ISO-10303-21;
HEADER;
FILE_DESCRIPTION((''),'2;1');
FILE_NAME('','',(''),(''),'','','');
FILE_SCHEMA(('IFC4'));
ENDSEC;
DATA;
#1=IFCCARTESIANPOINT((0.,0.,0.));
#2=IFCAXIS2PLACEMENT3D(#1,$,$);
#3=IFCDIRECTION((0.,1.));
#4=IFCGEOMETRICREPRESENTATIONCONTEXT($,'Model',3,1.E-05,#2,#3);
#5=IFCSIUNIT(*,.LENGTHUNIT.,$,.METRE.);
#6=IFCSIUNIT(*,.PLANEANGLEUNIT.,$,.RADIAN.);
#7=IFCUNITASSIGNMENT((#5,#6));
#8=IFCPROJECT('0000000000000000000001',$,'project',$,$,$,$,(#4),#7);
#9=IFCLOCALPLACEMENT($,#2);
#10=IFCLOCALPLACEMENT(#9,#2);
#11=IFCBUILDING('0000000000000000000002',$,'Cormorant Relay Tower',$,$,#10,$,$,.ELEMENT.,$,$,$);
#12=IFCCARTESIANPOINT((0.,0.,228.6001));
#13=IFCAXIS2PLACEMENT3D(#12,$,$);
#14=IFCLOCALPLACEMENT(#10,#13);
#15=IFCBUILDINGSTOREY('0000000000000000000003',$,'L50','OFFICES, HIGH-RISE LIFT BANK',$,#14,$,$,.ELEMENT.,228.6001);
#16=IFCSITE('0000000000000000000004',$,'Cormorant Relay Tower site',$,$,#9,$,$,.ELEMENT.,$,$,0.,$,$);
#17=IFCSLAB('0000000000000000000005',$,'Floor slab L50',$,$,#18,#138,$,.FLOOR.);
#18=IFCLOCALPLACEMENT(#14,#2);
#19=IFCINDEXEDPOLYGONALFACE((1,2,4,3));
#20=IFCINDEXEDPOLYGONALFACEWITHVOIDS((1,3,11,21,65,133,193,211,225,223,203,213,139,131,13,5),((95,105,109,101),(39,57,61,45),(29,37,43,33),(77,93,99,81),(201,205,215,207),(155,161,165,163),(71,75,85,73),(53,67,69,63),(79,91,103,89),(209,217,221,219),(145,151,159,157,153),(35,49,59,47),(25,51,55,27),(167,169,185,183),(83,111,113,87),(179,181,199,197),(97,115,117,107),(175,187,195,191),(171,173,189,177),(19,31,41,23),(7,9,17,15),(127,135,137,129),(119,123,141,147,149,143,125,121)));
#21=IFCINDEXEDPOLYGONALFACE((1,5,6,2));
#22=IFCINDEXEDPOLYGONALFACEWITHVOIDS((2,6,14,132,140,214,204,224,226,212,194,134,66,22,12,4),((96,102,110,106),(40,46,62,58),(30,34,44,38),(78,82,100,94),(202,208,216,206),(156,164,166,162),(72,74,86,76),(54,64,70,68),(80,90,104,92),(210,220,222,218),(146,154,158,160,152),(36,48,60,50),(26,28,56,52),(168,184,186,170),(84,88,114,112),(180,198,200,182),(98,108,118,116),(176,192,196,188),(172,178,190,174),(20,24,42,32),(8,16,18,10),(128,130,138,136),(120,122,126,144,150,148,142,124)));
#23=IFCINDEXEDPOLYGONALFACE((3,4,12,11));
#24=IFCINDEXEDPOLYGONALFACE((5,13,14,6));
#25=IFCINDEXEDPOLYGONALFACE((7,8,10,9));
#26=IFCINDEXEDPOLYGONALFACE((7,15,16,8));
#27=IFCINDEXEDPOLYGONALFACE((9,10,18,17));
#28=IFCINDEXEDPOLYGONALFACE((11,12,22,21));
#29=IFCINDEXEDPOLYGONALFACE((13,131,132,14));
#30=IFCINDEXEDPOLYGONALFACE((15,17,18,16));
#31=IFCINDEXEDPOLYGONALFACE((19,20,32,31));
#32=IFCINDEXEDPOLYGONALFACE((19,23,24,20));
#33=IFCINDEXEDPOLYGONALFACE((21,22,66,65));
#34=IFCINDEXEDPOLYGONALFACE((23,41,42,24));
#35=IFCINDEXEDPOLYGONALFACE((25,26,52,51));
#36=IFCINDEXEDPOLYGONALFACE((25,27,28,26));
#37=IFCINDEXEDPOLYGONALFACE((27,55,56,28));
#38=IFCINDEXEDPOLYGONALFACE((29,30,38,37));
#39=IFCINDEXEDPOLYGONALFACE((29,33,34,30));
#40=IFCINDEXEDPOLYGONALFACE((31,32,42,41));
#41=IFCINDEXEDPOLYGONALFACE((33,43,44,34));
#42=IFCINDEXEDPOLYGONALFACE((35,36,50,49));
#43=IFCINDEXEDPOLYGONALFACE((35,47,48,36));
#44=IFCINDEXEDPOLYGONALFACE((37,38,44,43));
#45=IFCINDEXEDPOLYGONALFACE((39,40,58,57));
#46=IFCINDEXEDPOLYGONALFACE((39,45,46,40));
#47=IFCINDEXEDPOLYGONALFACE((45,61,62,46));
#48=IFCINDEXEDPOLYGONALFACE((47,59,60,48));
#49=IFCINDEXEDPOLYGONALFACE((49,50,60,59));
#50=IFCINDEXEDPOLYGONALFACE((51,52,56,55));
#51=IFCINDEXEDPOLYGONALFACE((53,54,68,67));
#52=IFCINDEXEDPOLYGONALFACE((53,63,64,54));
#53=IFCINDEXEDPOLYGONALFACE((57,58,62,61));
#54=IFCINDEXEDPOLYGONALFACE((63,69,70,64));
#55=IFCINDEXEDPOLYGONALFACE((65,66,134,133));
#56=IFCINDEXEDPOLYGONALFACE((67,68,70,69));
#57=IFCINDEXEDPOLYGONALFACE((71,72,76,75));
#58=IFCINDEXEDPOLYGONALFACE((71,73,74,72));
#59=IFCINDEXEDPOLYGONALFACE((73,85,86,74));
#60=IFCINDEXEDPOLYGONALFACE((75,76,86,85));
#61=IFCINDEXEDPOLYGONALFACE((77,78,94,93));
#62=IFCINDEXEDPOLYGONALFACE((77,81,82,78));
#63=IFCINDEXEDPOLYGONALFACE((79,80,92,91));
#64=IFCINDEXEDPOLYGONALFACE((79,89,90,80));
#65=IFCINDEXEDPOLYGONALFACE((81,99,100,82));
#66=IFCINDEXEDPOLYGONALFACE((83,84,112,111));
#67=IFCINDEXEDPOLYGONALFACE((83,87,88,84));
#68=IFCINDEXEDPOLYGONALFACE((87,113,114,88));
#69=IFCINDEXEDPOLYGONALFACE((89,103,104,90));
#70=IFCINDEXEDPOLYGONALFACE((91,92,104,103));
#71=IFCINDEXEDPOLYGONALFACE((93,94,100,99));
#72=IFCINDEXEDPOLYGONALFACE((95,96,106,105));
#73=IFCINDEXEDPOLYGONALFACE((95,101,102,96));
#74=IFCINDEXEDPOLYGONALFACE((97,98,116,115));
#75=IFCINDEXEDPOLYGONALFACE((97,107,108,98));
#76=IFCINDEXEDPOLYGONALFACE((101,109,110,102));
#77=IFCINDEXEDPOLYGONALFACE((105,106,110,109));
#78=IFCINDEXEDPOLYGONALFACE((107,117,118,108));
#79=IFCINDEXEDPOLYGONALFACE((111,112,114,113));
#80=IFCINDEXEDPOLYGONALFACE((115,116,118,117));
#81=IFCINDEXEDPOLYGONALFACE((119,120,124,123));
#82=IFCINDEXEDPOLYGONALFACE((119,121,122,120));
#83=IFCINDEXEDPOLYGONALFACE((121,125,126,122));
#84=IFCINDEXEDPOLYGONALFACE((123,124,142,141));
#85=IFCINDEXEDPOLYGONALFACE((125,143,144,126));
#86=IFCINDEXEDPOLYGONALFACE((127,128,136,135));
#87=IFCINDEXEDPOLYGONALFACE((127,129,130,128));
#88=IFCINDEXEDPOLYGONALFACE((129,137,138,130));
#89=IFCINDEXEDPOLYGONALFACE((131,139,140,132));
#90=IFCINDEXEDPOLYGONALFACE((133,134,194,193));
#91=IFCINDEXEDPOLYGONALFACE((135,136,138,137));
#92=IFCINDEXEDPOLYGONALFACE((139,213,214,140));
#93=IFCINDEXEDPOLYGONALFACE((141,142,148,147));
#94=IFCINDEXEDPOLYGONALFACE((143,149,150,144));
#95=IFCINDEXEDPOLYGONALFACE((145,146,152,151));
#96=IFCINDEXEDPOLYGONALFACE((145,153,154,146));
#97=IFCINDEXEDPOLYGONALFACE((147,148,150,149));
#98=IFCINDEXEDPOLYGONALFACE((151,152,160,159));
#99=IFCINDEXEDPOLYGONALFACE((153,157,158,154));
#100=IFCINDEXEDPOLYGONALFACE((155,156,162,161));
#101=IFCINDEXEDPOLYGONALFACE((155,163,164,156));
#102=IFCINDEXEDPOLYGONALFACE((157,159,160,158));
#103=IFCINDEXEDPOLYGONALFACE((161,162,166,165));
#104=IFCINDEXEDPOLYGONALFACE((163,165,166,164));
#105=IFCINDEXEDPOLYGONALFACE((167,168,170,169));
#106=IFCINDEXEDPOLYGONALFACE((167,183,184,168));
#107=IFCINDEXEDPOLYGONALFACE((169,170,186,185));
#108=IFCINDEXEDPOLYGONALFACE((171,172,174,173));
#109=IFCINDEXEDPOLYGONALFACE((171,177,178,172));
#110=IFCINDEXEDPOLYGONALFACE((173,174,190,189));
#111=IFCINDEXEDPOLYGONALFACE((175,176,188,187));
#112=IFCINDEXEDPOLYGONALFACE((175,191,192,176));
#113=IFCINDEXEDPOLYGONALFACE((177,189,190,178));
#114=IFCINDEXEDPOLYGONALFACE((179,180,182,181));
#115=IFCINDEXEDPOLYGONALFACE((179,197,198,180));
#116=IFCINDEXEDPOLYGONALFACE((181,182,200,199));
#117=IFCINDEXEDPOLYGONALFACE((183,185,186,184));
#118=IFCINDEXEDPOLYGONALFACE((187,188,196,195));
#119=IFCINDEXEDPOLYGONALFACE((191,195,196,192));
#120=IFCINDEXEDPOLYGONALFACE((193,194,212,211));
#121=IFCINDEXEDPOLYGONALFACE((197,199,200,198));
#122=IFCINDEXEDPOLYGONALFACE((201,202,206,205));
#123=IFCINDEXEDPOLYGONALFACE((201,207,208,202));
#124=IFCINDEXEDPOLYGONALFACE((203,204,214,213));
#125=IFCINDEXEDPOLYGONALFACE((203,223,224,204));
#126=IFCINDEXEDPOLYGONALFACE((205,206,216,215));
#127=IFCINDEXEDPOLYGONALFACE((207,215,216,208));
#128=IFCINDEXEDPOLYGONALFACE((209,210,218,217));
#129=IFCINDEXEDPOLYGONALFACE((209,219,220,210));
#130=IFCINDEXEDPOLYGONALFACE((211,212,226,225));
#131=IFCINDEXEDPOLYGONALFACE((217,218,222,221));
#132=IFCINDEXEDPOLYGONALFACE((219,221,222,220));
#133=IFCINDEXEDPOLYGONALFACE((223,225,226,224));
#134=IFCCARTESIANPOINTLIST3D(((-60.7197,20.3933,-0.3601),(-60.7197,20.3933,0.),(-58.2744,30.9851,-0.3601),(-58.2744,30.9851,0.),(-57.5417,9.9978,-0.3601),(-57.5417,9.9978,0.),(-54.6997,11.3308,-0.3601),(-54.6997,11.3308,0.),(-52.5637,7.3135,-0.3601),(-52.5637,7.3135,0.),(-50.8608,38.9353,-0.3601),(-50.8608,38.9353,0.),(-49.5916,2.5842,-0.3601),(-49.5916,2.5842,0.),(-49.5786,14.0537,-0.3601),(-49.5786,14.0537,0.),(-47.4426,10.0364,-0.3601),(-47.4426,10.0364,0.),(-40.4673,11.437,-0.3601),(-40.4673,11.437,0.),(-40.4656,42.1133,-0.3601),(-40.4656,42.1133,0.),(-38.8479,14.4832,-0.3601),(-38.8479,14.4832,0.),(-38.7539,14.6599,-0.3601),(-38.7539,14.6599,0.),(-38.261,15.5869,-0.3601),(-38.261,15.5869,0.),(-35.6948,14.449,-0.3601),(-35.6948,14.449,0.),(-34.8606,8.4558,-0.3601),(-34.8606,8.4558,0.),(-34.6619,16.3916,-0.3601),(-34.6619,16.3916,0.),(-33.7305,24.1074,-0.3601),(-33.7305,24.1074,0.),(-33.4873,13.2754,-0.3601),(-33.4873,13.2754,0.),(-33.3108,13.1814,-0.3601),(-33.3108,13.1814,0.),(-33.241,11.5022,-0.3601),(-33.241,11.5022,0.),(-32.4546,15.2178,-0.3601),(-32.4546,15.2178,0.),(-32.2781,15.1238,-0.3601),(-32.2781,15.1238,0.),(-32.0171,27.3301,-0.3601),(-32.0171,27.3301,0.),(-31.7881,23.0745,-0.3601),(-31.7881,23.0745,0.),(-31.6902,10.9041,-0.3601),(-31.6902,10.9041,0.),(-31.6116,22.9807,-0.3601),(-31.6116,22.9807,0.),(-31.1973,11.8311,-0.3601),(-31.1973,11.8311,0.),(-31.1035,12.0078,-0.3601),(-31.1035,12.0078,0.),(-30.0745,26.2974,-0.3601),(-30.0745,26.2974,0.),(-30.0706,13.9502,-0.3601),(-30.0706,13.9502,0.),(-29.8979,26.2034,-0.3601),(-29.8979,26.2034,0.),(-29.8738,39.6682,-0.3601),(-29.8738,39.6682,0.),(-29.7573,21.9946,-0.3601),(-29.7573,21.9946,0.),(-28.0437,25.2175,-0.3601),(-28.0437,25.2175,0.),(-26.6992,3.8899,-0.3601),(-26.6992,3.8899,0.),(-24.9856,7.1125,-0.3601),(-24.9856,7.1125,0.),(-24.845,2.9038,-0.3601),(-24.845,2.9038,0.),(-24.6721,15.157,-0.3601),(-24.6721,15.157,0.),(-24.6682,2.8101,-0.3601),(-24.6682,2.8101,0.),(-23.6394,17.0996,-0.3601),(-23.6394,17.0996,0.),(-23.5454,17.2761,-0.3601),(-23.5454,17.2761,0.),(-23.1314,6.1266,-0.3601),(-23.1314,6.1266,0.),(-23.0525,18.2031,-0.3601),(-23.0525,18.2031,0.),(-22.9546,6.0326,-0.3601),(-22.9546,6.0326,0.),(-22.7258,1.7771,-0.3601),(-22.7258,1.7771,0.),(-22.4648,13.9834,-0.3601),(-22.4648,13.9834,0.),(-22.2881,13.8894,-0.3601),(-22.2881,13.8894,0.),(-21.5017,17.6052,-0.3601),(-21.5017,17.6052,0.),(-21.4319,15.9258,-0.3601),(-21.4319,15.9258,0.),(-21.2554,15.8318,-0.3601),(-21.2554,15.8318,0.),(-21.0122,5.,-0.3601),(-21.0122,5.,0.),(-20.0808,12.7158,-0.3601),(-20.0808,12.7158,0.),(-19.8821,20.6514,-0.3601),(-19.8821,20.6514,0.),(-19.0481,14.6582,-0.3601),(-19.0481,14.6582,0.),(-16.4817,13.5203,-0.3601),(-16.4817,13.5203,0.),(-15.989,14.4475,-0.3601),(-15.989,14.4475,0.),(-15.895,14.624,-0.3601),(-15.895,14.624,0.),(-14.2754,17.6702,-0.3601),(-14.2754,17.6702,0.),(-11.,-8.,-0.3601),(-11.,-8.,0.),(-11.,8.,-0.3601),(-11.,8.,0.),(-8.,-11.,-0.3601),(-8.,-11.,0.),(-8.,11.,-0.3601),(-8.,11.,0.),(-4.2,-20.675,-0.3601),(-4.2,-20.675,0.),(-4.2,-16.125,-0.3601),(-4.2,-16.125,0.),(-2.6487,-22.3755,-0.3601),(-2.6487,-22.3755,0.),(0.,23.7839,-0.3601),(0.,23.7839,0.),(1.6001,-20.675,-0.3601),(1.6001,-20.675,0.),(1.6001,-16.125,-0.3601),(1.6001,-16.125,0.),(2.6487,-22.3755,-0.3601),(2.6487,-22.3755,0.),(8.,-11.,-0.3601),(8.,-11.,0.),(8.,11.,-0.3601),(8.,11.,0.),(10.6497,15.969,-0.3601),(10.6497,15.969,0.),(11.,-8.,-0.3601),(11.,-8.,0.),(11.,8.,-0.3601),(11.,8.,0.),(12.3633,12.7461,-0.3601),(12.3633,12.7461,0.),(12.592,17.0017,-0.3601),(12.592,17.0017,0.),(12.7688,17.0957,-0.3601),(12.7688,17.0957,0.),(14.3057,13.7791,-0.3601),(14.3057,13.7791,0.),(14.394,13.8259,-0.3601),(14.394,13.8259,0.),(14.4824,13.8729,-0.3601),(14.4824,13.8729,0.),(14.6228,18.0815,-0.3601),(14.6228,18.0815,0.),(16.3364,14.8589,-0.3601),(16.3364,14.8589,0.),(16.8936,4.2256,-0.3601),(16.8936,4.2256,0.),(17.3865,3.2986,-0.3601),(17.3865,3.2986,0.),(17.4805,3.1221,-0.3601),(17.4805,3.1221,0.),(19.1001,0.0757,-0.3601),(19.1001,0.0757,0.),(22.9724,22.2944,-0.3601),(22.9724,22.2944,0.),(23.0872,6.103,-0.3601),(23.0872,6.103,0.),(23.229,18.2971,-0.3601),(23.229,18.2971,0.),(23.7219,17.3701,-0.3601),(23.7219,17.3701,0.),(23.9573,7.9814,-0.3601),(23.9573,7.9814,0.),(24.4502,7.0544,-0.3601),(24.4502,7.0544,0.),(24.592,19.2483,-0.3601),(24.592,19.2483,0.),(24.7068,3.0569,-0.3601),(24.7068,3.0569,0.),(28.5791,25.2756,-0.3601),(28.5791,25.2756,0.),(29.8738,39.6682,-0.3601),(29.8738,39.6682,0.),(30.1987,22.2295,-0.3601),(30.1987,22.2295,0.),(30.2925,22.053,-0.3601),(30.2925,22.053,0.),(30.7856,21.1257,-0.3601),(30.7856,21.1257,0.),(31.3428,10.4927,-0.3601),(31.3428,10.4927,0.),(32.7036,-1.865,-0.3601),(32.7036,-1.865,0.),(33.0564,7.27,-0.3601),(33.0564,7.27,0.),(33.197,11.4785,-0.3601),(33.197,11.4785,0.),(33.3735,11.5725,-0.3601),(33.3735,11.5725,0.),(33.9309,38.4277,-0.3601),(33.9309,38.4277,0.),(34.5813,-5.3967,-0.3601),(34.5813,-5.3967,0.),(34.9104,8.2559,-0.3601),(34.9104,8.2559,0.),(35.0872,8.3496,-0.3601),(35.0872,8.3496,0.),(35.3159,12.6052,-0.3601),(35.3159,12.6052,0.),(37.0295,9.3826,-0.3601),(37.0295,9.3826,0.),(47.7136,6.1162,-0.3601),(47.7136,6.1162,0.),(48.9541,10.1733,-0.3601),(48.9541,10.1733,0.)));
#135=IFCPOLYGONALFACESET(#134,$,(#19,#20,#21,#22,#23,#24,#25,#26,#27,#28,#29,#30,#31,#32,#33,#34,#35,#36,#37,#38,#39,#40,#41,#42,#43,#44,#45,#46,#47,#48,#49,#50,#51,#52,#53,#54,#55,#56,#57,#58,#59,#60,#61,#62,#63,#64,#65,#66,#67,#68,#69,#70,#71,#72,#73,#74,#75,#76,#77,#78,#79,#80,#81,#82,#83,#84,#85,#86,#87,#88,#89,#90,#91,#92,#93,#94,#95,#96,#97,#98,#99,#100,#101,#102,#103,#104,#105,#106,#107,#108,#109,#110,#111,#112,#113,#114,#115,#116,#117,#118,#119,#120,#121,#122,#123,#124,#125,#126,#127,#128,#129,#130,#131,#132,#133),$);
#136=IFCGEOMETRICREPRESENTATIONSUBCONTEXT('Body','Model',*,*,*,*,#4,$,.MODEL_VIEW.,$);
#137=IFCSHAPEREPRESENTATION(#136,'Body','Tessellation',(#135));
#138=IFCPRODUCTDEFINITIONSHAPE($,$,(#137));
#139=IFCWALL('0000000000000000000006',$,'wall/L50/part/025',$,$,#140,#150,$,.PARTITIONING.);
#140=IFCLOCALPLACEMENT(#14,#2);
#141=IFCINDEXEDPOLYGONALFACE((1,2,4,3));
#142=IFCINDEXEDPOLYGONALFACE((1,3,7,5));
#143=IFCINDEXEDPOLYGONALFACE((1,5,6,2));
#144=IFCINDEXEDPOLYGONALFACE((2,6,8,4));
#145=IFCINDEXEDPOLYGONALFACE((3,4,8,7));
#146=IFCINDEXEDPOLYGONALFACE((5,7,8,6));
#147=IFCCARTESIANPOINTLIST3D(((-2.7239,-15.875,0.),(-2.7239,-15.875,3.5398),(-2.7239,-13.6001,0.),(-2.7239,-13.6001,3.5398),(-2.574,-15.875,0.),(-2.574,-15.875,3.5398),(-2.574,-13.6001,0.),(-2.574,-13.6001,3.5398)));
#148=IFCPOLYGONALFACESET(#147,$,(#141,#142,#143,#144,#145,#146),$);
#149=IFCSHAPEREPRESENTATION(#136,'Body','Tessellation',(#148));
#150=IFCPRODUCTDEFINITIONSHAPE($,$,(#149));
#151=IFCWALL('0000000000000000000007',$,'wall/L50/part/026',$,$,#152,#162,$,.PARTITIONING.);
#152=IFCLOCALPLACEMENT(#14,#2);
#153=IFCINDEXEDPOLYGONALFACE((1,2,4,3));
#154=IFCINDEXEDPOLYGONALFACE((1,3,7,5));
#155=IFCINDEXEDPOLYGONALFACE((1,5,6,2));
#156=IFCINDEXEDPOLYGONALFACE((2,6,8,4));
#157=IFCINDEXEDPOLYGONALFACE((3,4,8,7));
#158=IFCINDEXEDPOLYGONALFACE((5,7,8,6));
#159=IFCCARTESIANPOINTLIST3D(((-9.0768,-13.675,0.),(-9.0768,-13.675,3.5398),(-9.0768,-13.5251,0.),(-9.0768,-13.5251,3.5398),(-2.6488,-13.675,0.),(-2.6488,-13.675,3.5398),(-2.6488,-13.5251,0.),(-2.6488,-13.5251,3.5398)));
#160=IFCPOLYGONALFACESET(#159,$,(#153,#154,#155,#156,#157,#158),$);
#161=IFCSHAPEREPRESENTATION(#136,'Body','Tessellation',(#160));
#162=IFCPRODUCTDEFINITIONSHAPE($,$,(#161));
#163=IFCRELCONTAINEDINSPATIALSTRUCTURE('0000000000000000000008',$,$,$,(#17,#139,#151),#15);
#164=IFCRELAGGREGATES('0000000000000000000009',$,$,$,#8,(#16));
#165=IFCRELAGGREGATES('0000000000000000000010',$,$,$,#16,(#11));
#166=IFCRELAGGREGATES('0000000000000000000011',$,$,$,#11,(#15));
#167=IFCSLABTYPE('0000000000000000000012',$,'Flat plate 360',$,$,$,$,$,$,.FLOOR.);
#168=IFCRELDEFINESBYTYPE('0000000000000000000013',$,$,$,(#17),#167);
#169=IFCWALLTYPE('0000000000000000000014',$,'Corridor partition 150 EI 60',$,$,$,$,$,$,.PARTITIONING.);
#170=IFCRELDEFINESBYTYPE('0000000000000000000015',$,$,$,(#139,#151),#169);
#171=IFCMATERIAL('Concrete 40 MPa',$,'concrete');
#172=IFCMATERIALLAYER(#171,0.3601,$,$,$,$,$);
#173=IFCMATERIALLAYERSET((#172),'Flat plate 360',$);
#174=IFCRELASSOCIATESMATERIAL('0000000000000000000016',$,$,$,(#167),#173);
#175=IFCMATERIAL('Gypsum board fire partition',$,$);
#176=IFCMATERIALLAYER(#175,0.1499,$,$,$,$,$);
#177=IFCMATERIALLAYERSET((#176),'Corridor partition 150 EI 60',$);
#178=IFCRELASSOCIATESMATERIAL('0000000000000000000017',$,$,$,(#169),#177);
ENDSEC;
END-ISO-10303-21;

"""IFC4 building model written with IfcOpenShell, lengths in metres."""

from ifc_helpers import new_model, si_unit, direction, frame, frame_2d, origin, place, context, subcontext, project, spatial, polyline, rectangle, outline, extrude, material, layer, layer_set, type_object, element, save


model = new_model("IFC4")

# Units and contexts
model_context = context("Model", 3, precision=1e-05, world=origin(), true_north=direction((0.0, 1.0)))
body_context = subcontext(model_context, "Body", "Model", "MODEL_VIEW")
ifc_project = project(units=[si_unit("LENGTHUNIT", "METRE"), si_unit("PLANEANGLEUNIT", "RADIAN")], contexts=[model_context])

# Site, building, storey
site_placement = place(None, origin())
site = spatial("IfcSite", under=ifc_project, at=site_placement, Name="Cormorant Relay Tower site", CompositionType="ELEMENT", RefElevation=0.0)
building_placement = place(site_placement, origin())
building = spatial("IfcBuilding", under=site, at=building_placement, Name="Cormorant Relay Tower", CompositionType="ELEMENT")
storey_placement = place(building_placement, frame((0.0, 0.0, 228.6001)))
storey = spatial("IfcBuildingStorey", under=building, at=storey_placement, Name="L50", Description="OFFICES, HIGH-RISE LIFT BANK", CompositionType="ELEMENT", Elevation=228.6001)

# Slab
ifc_material_1 = material(Name="Concrete 40 MPa", Category="concrete")
ifc_layer_1 = layer(ifc_material_1, 0.3601)
ifc_layer_set_1 = layer_set([ifc_layer_1], Name="Flat plate 360")
slab_type_1 = type_object("IfcSlabType", Name="Flat plate 360", PredefinedType="FLOOR", material=ifc_layer_set_1)
slab_1_placement = place(storey_placement, frame((0.0, 0.0, -0.3601)))
element("IfcSlab", 1, at=slab_1_placement, inside=storey, type_object=slab_type_1, Name="Floor slab L50", PredefinedType="FLOOR", context=body_context, shape_type="SweptSolid", body=[
    extrude(outline(polyline([(-60.7197, 20.3933), (-58.2744, 30.9851), (-50.8608, 38.9353), (-40.4656, 42.1133), (-29.8738, 39.6682), (0.0, 23.7839), (29.8738, 39.6682), (33.9309, 38.4277), (48.9541, 10.1733), (47.7136, 6.1162), (32.7036, -1.865), (34.5813, -5.3967), (2.6487, -22.3755), (-2.6487, -22.3755), (-49.5916, 2.5842), (-57.5417, 9.9978), (-60.7197, 20.3933)]), holes=[polyline([(11.0, -8.0), (11.0, 8.0), (8.0, 11.0), (-8.0, 11.0), (-11.0, 8.0), (-11.0, -8.0), (-8.0, -11.0), (8.0, -11.0), (11.0, -8.0)]), polyline([(-22.9546, 6.0327), (-24.6682, 2.8101), (-22.7258, 1.7771), (-21.0122, 5.0), (-23.043, 6.0796), (-22.9546, 6.0327)]), polyline([(-24.9856, 7.1125), (-26.6992, 3.8899), (-24.845, 2.9038), (-23.1313, 6.1267), (-23.043, 6.0796), (-24.9856, 7.1125)]), polyline([(-54.6997, 11.3308), (-52.5637, 7.3135), (-47.4426, 10.0364), (-49.5786, 14.0537), (-54.6997, 11.3308)]), polyline([(-33.241, 11.5022), (-38.8479, 14.4832), (-40.4673, 11.437), (-34.8606, 8.4558), (-33.241, 11.5022)]), polyline([(-38.261, 15.5869), (-38.7539, 14.6599), (-31.6902, 10.9041), (-31.1973, 11.8311), (-38.261, 15.5869)]), polyline([(-31.1035, 12.0078), (-30.0706, 13.9502), (-32.2781, 15.1238), (-33.3108, 13.1814), (-31.1035, 12.0078)]), polyline([(-22.2881, 13.8894), (-20.0808, 12.7158), (-19.0481, 14.6582), (-21.2554, 15.8318), (-22.2881, 13.8894)]), polyline([(-34.6619, 16.3916), (-35.6948, 14.449), (-33.4873, 13.2754), (-32.4546, 15.2178), (-34.6619, 16.3916)]), polyline([(-22.4648, 13.9834), (-21.4319, 15.9258), (-23.6394, 17.0996), (-24.6721, 15.157), (-22.4648, 13.9834)]), polyline([(-31.6116, 22.9807), (-29.7573, 21.9946), (-28.0437, 25.2175), (-29.8979, 26.2034), (-31.6116, 22.9807)]), polyline([(-32.0171, 27.3301), (-33.7305, 24.1074), (-31.7881, 23.0745), (-30.0745, 26.2974), (-32.0171, 27.3301)]), polyline([(-4.2, -16.125), (-4.2, -20.675), (1.6001, -20.675), (1.6001, -16.125), (-4.2, -16.125)]), polyline([(17.4805, 3.1221), (19.1001, 0.0757), (24.7068, 3.0569), (23.0872, 6.103), (17.4805, 3.1221)]), polyline([(17.3865, 3.2986), (24.4502, 7.0544), (23.9573, 7.9814), (16.8936, 4.2256), (17.3865, 3.2986)]), polyline([(33.197, 11.4785), (31.3428, 10.4927), (33.0564, 7.27), (34.9104, 8.2559), (33.197, 11.4785)]), polyline([(33.3735, 11.5725), (35.0872, 8.3496), (37.0295, 9.3826), (35.3159, 12.6052), (33.3735, 11.5725)]), polyline([(14.3057, 13.7791), (12.592, 17.0017), (10.6497, 15.969), (12.3633, 12.7461), (14.394, 13.8259), (14.3057, 13.7791)]), polyline([(16.3364, 14.8589), (14.6228, 18.0815), (12.7688, 17.0957), (14.4824, 13.8728), (14.394, 13.8259), (16.3364, 14.8589)]), polyline([(-16.4817, 13.5203), (-15.989, 14.4475), (-23.0525, 18.2031), (-23.5454, 17.2761), (-16.4817, 13.5203)]), polyline([(-15.895, 14.624), (-14.2754, 17.6702), (-19.8821, 20.6514), (-21.5017, 17.6052), (-15.895, 14.624)]), polyline([(30.7856, 21.1257), (30.2925, 22.053), (23.229, 18.2971), (23.7219, 17.3701), (30.7856, 21.1257)]), polyline([(24.592, 19.2483), (30.1987, 22.2295), (28.5791, 25.2756), (22.9724, 22.2944), (24.592, 19.2483)])]), origin(), (0.0, 0.0, 1.0), 0.3601),
])

# Walls
ifc_material_2 = material(Name="Gypsum board fire partition")
ifc_layer_2 = layer(ifc_material_2, 0.1499)
ifc_layer_set_2 = layer_set([ifc_layer_2], Name="Corridor partition 150 EI 60")
wall_type_1 = type_object("IfcWallType", Name="Corridor partition 150 EI 60", PredefinedType="PARTITIONING", material=ifc_layer_set_2)
wall_1_placement = place(storey_placement, frame((-2.6489, -15.875, 0.0), z_axis=(0.0, 0.0, 1.0), x_axis=(0.0, 1.0, 0.0)))
element("IfcWall", 2, at=wall_1_placement, inside=storey, type_object=wall_type_1, Name="wall/L50/part/025", PredefinedType="PARTITIONING", context=body_context, shape_type="SweptSolid", body=[
    extrude(rectangle(XDim=2.2749, YDim=0.1499, at=frame_2d((1.1375, 0.0))), origin(), (0.0, 0.0, 1.0), 3.5398),
])
wall_2_placement = place(storey_placement, frame((-2.6489, -13.6001, 0.0), z_axis=(0.0, 0.0, 1.0), x_axis=(-1.0, 0.0, 0.0)))
element("IfcWall", 3, at=wall_2_placement, inside=storey, type_object=wall_type_1, Name="wall/L50/part/026", PredefinedType="PARTITIONING", context=body_context, shape_type="SweptSolid", body=[
    extrude(rectangle(XDim=6.428, YDim=0.1499, at=frame_2d((3.2139, 0.0))), origin(), (0.0, 0.0, 1.0), 3.5398),
])

save(model, "model.ifc")
